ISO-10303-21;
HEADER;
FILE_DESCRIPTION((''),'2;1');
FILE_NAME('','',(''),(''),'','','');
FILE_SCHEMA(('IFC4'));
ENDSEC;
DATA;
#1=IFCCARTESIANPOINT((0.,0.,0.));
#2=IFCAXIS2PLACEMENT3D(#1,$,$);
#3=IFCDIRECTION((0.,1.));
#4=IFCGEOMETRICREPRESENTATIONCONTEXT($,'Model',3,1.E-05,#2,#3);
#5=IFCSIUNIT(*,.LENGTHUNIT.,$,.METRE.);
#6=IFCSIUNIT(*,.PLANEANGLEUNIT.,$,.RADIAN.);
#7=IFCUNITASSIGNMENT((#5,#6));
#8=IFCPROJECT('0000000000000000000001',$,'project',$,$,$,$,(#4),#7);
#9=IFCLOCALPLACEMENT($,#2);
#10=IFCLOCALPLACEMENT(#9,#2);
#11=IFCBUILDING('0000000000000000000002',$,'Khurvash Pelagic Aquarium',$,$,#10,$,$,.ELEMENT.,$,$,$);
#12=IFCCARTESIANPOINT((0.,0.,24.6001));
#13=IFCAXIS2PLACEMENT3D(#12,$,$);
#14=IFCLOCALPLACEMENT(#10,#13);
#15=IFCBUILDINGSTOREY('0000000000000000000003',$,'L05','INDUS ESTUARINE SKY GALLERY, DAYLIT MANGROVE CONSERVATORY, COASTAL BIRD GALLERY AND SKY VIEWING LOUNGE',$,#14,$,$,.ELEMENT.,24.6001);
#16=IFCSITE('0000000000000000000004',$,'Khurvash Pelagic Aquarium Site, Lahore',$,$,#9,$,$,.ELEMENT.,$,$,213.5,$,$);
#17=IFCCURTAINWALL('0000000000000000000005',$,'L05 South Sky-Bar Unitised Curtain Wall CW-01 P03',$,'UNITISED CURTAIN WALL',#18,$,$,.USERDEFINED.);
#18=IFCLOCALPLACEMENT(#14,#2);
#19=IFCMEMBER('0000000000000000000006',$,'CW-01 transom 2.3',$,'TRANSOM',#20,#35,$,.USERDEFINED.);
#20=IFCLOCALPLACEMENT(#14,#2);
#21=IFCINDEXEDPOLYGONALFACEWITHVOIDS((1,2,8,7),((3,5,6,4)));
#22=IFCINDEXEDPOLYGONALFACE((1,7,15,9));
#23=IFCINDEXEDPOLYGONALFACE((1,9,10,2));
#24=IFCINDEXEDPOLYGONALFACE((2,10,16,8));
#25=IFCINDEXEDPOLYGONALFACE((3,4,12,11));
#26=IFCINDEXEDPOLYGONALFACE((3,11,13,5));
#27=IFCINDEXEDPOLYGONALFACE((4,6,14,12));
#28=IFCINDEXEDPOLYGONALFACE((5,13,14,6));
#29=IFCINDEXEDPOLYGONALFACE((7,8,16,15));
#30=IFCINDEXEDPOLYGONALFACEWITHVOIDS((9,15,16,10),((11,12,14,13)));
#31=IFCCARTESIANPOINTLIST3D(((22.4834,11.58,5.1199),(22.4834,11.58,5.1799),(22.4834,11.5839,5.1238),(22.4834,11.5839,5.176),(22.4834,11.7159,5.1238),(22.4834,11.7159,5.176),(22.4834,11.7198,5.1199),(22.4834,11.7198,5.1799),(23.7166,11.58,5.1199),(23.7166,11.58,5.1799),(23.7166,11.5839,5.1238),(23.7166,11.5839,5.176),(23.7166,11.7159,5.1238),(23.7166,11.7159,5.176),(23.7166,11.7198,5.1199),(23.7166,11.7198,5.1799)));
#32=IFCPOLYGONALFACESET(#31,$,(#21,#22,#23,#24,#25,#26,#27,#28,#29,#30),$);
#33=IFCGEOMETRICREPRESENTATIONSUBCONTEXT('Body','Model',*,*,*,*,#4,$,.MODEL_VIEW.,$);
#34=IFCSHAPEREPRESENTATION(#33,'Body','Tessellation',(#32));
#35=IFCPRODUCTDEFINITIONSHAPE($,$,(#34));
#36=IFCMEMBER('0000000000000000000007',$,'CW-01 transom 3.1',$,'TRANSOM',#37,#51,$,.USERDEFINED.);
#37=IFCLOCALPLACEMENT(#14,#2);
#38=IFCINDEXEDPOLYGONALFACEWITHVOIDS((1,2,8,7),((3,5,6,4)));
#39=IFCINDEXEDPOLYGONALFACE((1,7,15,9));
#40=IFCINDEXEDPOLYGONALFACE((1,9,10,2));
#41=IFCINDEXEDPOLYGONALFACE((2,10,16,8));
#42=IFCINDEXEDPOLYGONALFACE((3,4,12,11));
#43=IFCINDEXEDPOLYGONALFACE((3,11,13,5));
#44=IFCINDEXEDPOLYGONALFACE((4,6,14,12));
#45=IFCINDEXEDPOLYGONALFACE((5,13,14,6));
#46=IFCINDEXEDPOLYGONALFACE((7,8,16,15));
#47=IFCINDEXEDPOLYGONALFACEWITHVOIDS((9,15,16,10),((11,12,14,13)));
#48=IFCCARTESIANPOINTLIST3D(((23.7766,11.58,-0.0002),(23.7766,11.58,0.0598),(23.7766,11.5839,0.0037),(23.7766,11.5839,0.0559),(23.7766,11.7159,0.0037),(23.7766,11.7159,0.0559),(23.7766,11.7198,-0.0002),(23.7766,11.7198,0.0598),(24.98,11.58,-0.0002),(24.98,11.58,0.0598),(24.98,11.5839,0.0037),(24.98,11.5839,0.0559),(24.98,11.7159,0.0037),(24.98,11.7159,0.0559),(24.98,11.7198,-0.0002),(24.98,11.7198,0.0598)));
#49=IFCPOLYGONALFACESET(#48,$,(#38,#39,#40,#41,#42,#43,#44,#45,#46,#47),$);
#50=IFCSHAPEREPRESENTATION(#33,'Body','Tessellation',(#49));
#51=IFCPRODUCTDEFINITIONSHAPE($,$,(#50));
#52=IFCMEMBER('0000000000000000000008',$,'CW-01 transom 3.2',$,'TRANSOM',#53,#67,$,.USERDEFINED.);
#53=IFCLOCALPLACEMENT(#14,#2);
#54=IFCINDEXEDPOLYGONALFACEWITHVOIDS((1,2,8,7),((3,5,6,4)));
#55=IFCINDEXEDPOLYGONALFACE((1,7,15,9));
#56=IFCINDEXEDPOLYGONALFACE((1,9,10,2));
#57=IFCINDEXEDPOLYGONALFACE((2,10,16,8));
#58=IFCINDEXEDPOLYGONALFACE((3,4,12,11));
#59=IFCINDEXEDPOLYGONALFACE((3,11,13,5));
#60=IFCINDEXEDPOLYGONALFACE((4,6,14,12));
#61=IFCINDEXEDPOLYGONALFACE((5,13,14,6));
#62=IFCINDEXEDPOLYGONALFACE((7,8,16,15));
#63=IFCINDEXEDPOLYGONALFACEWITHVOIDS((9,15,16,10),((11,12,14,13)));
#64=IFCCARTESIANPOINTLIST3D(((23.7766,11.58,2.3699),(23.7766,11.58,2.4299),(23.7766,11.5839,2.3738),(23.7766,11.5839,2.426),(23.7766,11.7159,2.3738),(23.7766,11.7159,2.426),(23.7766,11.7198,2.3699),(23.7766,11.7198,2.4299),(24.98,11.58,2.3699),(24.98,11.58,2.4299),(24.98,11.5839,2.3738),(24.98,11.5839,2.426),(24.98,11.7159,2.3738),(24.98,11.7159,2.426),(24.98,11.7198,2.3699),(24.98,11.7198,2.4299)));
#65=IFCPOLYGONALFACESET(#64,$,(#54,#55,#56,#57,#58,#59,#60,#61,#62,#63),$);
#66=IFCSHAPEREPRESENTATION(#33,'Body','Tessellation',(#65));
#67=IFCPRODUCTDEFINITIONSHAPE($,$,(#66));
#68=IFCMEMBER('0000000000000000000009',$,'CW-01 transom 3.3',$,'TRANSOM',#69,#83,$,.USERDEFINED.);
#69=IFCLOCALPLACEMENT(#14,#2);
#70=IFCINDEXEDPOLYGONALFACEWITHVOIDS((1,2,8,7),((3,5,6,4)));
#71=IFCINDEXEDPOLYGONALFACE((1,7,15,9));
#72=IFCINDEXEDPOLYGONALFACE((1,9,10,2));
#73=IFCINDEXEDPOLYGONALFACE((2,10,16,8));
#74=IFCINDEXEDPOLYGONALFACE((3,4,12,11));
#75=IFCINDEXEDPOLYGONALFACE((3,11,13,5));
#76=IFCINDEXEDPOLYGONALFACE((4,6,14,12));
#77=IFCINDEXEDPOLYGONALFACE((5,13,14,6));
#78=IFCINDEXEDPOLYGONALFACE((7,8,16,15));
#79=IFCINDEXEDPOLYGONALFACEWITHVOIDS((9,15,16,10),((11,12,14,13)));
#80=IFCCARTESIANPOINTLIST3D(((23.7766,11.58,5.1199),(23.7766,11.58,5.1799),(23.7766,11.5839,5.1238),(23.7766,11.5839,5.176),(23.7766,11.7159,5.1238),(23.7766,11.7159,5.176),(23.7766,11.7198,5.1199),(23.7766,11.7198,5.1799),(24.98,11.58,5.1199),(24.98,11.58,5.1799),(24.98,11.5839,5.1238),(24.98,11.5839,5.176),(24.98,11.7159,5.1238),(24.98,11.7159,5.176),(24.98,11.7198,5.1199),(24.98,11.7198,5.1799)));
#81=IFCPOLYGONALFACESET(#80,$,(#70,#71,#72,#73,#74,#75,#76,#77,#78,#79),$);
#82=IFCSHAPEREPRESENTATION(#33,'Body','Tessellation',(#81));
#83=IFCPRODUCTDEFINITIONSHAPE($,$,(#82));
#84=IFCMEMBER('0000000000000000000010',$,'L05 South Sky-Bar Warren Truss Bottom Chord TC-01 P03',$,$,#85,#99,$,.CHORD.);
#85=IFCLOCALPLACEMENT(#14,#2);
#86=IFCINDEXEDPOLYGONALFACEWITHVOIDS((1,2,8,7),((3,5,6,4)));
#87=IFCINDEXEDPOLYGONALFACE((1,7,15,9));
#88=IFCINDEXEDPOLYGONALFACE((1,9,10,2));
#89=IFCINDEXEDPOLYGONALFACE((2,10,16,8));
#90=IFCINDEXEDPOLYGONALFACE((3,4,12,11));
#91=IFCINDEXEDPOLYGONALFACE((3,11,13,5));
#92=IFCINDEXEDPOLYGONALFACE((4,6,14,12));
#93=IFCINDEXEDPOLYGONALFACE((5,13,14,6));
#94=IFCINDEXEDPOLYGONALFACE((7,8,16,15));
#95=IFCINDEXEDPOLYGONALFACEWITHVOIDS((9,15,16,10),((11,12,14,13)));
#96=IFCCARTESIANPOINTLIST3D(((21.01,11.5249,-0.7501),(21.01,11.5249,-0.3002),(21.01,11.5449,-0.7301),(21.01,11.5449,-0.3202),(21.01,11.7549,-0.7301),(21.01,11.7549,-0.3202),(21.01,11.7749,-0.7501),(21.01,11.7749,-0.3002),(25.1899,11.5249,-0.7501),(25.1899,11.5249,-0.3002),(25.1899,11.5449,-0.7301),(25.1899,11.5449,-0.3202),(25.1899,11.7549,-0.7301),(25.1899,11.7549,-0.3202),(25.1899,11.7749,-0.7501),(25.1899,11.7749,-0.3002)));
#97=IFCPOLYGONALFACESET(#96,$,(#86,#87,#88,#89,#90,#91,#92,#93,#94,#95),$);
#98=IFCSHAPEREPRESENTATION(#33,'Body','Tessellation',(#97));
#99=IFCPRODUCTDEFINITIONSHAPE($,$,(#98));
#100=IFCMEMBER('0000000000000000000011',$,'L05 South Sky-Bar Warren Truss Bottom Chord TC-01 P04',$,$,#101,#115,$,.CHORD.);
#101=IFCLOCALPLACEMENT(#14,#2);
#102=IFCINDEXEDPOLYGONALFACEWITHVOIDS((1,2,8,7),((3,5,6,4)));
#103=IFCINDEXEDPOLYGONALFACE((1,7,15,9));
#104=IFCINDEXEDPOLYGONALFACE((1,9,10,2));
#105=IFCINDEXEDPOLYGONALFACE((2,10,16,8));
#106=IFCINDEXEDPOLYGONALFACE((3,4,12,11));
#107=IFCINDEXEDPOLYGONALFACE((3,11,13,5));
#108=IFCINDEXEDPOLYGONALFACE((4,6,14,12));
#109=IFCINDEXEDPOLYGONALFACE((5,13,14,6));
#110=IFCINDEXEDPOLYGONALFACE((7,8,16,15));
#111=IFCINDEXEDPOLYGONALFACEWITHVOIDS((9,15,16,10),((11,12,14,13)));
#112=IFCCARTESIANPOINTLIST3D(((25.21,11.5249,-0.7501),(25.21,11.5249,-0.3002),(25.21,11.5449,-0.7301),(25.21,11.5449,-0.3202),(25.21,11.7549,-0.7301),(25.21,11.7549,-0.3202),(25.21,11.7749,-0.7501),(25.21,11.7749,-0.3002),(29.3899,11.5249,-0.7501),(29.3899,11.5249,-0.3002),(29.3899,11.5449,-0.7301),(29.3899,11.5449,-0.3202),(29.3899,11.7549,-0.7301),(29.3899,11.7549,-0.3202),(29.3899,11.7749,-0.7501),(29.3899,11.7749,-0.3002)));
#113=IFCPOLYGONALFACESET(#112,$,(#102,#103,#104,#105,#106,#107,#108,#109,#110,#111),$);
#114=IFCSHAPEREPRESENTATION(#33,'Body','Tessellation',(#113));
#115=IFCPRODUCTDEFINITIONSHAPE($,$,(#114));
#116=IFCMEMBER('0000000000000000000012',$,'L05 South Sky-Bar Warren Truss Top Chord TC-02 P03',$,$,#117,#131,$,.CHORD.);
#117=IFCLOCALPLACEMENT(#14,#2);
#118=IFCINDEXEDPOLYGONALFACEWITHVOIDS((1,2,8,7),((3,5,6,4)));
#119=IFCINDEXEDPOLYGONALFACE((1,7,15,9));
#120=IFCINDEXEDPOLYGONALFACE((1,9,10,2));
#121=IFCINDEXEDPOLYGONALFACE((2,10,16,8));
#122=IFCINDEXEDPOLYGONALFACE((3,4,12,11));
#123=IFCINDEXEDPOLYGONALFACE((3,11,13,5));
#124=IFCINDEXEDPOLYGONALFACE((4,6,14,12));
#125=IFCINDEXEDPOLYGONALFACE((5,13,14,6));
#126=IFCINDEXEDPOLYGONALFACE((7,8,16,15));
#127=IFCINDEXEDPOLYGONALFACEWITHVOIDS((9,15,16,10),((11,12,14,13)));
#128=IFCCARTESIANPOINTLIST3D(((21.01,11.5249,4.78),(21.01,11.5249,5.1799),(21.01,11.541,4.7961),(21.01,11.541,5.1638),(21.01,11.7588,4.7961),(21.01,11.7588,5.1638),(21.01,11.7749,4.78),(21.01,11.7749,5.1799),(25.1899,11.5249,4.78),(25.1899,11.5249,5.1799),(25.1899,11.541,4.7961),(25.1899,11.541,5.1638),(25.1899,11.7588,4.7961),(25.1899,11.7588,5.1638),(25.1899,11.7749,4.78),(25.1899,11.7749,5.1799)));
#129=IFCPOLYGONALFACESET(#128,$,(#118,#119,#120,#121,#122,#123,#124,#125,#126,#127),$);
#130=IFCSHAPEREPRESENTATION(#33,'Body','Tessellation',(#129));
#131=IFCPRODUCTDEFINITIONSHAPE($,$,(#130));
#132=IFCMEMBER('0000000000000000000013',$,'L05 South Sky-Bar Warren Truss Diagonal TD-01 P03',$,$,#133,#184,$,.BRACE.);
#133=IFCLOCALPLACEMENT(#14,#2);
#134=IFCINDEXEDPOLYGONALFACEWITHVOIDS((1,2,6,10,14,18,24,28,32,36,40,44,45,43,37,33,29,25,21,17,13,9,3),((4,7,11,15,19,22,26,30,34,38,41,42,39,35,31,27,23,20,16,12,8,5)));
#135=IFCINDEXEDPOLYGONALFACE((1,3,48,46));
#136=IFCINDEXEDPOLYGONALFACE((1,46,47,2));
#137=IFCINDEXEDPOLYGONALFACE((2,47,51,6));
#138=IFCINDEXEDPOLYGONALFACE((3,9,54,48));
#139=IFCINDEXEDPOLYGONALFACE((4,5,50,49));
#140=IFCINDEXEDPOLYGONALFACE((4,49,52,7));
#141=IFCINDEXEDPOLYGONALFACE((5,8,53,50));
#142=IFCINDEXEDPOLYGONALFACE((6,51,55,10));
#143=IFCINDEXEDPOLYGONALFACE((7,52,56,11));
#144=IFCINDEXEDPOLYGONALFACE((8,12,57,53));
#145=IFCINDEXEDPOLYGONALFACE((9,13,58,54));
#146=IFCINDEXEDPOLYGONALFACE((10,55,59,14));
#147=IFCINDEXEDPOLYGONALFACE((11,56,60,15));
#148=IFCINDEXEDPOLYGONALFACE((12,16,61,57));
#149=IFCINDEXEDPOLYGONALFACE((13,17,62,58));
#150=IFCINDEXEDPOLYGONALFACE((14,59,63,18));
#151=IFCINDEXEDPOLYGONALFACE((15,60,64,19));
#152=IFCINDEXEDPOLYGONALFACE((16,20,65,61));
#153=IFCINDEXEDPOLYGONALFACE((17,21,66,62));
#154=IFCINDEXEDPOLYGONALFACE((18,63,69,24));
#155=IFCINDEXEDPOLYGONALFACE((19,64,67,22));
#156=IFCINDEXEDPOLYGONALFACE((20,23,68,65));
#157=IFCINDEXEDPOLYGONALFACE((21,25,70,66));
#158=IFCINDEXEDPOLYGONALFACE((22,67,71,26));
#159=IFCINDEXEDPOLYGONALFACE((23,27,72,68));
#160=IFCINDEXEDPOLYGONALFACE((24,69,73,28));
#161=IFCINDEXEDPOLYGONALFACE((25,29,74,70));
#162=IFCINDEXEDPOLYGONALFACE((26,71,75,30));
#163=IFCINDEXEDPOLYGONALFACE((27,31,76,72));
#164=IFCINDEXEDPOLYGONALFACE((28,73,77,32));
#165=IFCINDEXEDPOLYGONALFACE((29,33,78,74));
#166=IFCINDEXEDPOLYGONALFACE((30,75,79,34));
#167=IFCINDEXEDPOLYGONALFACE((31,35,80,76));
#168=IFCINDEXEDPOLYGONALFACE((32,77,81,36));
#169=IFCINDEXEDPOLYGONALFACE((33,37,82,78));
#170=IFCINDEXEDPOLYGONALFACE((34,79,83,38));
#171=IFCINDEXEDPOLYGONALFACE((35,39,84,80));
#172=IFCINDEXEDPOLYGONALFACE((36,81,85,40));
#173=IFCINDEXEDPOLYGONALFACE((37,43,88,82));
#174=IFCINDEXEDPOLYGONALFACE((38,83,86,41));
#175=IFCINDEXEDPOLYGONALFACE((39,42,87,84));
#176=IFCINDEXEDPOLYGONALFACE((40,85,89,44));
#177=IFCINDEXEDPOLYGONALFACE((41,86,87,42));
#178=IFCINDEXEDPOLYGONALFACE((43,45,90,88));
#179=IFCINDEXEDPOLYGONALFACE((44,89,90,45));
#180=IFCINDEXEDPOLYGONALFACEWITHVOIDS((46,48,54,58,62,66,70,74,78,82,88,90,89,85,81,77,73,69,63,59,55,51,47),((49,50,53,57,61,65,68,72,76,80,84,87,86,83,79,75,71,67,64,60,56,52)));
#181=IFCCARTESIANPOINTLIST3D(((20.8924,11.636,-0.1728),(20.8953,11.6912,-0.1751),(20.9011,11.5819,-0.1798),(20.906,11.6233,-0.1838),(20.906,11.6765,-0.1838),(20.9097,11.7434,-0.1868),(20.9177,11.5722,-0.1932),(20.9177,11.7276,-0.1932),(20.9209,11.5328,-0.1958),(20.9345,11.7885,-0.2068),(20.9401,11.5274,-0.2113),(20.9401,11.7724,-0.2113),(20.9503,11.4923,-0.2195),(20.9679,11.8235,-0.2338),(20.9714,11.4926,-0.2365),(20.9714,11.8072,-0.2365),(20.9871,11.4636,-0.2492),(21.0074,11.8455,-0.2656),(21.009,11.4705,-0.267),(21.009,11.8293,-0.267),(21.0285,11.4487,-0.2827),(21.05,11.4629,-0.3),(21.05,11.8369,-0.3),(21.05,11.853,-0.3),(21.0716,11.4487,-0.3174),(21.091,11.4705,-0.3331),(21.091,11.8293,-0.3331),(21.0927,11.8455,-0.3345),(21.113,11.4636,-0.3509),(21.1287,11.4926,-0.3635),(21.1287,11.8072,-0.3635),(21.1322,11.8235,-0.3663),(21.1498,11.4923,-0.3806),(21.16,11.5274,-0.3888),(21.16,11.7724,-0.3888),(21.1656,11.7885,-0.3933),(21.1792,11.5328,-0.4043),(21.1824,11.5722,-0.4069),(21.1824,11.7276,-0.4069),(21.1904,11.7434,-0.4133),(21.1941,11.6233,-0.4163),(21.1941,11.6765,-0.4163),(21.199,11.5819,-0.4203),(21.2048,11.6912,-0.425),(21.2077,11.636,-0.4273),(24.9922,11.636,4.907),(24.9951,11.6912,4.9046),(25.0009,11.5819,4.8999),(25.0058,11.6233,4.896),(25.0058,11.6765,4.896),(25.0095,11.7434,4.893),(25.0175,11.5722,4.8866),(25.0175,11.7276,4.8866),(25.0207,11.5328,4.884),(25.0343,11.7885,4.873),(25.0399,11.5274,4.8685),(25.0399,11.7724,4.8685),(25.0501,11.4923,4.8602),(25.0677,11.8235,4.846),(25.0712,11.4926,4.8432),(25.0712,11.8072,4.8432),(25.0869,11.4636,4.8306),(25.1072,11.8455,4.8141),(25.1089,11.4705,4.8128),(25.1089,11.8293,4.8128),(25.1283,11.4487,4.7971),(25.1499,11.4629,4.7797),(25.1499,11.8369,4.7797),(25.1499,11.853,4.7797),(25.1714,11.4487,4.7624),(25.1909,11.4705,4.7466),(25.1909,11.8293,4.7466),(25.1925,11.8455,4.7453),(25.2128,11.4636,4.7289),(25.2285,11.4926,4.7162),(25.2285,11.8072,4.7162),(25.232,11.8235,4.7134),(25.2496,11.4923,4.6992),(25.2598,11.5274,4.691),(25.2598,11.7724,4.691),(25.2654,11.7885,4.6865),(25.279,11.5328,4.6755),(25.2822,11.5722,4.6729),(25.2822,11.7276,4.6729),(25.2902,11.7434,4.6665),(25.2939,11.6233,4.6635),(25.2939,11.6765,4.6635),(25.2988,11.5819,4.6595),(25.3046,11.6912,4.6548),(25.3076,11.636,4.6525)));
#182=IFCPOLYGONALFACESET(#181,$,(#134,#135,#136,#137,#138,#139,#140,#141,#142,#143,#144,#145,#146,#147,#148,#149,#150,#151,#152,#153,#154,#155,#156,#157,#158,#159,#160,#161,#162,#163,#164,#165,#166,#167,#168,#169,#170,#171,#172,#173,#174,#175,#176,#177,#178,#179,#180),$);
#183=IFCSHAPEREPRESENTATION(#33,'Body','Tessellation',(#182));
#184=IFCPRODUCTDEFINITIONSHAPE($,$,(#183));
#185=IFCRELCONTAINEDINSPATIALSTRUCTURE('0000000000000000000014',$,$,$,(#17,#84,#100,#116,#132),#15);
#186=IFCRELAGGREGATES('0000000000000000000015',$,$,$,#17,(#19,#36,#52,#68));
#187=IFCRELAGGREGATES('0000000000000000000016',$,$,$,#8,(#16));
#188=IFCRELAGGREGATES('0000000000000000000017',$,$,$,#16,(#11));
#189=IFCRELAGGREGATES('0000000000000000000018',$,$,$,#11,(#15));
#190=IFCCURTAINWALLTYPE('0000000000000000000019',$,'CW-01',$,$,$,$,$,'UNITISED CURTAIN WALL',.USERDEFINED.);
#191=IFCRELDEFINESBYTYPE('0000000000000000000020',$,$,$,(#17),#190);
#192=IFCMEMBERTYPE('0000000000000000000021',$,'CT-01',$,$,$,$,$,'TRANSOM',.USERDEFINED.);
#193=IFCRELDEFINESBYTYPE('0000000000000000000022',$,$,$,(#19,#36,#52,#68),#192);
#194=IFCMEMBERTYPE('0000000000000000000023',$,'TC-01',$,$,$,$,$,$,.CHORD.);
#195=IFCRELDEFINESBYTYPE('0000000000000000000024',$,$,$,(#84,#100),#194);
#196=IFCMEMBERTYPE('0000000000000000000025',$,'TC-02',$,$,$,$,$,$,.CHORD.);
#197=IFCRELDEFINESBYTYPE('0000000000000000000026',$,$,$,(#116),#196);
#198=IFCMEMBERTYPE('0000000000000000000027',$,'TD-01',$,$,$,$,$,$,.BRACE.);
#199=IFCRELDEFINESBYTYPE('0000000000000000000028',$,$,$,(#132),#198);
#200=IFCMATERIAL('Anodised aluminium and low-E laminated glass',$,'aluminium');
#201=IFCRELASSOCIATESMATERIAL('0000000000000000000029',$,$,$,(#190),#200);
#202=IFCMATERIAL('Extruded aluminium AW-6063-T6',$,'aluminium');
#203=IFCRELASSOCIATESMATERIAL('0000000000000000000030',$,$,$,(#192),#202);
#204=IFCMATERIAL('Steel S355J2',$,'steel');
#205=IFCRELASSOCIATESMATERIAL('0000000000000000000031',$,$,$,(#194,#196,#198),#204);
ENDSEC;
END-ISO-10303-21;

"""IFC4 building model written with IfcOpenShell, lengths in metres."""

from ifc_helpers import new_model, si_unit, direction, frame, origin, origin_2d, place, context, subcontext, project, spatial, hollow_rectangle, hollow_circle, extrude, material, material_profile, profile_set, type_object, element, aggregate, save


model = new_model("IFC4")

# Units and contexts
model_context = context("Model", 3, precision=1e-05, world=origin(), true_north=direction((0.0, 1.0)))
body_context = subcontext(model_context, "Body", "Model", "MODEL_VIEW")
ifc_project = project(units=[si_unit("LENGTHUNIT", "METRE"), si_unit("PLANEANGLEUNIT", "RADIAN")], contexts=[model_context])

# Site, building, storey
site_placement = place(None, origin())
site = spatial("IfcSite", under=ifc_project, at=site_placement, Name="Khurvash Pelagic Aquarium Site, Lahore", CompositionType="ELEMENT", RefElevation=213.5)
building_placement = place(site_placement, origin())
building = spatial("IfcBuilding", under=site, at=building_placement, Name="Khurvash Pelagic Aquarium", CompositionType="ELEMENT")
storey_placement = place(building_placement, frame((0.0, 0.0, 24.6001)))
storey = spatial("IfcBuildingStorey", under=building, at=storey_placement, Name="L05", Description="INDUS ESTUARINE SKY GALLERY, DAYLIT MANGROVE CONSERVATORY, COASTAL BIRD GALLERY AND SKY VIEWING LOUNGE", CompositionType="ELEMENT", Elevation=24.6001)

# Curtain wall, members
ifc_material_1 = material(Name="Anodised aluminium and low-E laminated glass", Category="aluminium")
curtain_wall_type = type_object("IfcCurtainWallType", Name="CW-01", ElementType="UNITISED CURTAIN WALL", PredefinedType="USERDEFINED", material=ifc_material_1)
curtain_wall_placement = place(storey_placement, origin())
curtain_wall = element("IfcCurtainWall", 1, at=curtain_wall_placement, inside=storey, type_object=curtain_wall_type, Name="L05 South Sky-Bar Unitised Curtain Wall CW-01 P03", ObjectType="UNITISED CURTAIN WALL", PredefinedType="USERDEFINED")
ifc_material_2 = material(Name="Extruded aluminium AW-6063-T6", Category="aluminium")
ifc_material_profile_1 = material_profile(ifc_material_2, hollow_rectangle(XDim=0.1399, YDim=0.0601, WallThickness=0.0039, at=origin_2d()), Name="CWT140X60X4")
ifc_profile_set_1 = profile_set([ifc_material_profile_1], Name="Extruded aluminium AW-6063-T6")
member_type_1 = type_object("IfcMemberType", Name="CT-01", ElementType="TRANSOM", PredefinedType="USERDEFINED", material=ifc_profile_set_1)
member_1_placement = place(storey_placement, frame((22.4834, 11.6499, 5.1499), z_axis=(1.0, 0.0, 0.0), x_axis=(0.0, 1.0, 0.0)))
member_1 = element("IfcMember", 2, at=member_1_placement, type_object=member_type_1, Name="CW-01 transom 2.3", ObjectType="TRANSOM", PredefinedType="USERDEFINED", context=body_context, shape_type="SweptSolid", body=[
    extrude(hollow_rectangle(XDim=0.1399, YDim=0.0601, WallThickness=0.0039, at=origin_2d()), origin(), (0.0, 0.0, 1.0), 1.2332),
])
member_2_placement = place(storey_placement, frame((23.7766, 11.6499, 0.0298), z_axis=(1.0, 0.0, 0.0), x_axis=(0.0, 1.0, 0.0)))
member_2 = element("IfcMember", 3, at=member_2_placement, type_object=member_type_1, Name="CW-01 transom 3.1", ObjectType="TRANSOM", PredefinedType="USERDEFINED", context=body_context, shape_type="SweptSolid", body=[
    extrude(hollow_rectangle(XDim=0.1399, YDim=0.0601, WallThickness=0.0039, at=origin_2d()), origin(), (0.0, 0.0, 1.0), 1.2034),
])
member_3_placement = place(storey_placement, frame((23.7766, 11.6499, 2.3999), z_axis=(1.0, 0.0, 0.0), x_axis=(0.0, 1.0, 0.0)))
member_3 = element("IfcMember", 4, at=member_3_placement, type_object=member_type_1, Name="CW-01 transom 3.2", ObjectType="TRANSOM", PredefinedType="USERDEFINED", context=body_context, shape_type="SweptSolid", body=[
    extrude(hollow_rectangle(XDim=0.1399, YDim=0.0601, WallThickness=0.0039, at=origin_2d()), origin(), (0.0, 0.0, 1.0), 1.2034),
])
member_4_placement = place(storey_placement, frame((23.7766, 11.6499, 5.1499), z_axis=(1.0, 0.0, 0.0), x_axis=(0.0, 1.0, 0.0)))
member_4 = element("IfcMember", 5, at=member_4_placement, type_object=member_type_1, Name="CW-01 transom 3.3", ObjectType="TRANSOM", PredefinedType="USERDEFINED", context=body_context, shape_type="SweptSolid", body=[
    extrude(hollow_rectangle(XDim=0.1399, YDim=0.0601, WallThickness=0.0039, at=origin_2d()), origin(), (0.0, 0.0, 1.0), 1.2034),
])

# Members
ifc_material_3 = material(Name="Steel S355J2", Category="steel")
ifc_material_profile_2 = material_profile(ifc_material_3, hollow_rectangle(XDim=0.25, YDim=0.45, WallThickness=0.02, at=origin_2d()), Name="RHS450X250X20")
ifc_profile_set_2 = profile_set([ifc_material_profile_2], Name="Steel S355J2")
member_type_2 = type_object("IfcMemberType", Name="TC-01", PredefinedType="CHORD", material=ifc_profile_set_2)
for number, where, z_axis, x_axis, name in (
    (6, (21.01, 11.6499, -0.5251), (1.0, 0.0, 0.0), (0.0, 1.0, 0.0), "L05 South Sky-Bar Warren Truss Bottom Chord TC-01 P03"),
    (7, (25.21, 11.6499, -0.5251), (1.0, 0.0, 0.0), (0.0, 1.0, 0.0), "L05 South Sky-Bar Warren Truss Bottom Chord TC-01 P04"),
):
    element("IfcMember", number, at=place(storey_placement, frame(where, z_axis=z_axis, x_axis=x_axis)), inside=storey, type_object=member_type_2, Name=name, PredefinedType="CHORD", context=body_context, shape_type="SweptSolid", body=[
        extrude(hollow_rectangle(XDim=0.25, YDim=0.45, WallThickness=0.02, at=origin_2d()), origin(), (0.0, 0.0, 1.0), 4.1799),
    ])
ifc_material_profile_3 = material_profile(ifc_material_3, hollow_rectangle(XDim=0.25, YDim=0.3999, WallThickness=0.0161, at=origin_2d()), Name="RHS400X250X16")
ifc_profile_set_3 = profile_set([ifc_material_profile_3], Name="Steel S355J2")
member_type_3 = type_object("IfcMemberType", Name="TC-02", PredefinedType="CHORD", material=ifc_profile_set_3)
member_5_placement = place(storey_placement, frame((21.01, 11.6499, 4.98), z_axis=(1.0, 0.0, 0.0), x_axis=(0.0, 1.0, 0.0)))
element("IfcMember", 8, at=member_5_placement, inside=storey, type_object=member_type_3, Name="L05 South Sky-Bar Warren Truss Top Chord TC-02 P03", PredefinedType="CHORD", context=body_context, shape_type="SweptSolid", body=[
    extrude(hollow_rectangle(XDim=0.25, YDim=0.3999, WallThickness=0.0161, at=origin_2d()), origin(), (0.0, 0.0, 1.0), 4.1799),
])
ifc_material_profile_4 = material_profile(ifc_material_3, hollow_circle(Radius=0.2031, WallThickness=0.0161, at=origin_2d()), Name="CHS406X16")
ifc_profile_set_4 = profile_set([ifc_material_profile_4], Name="Steel S355J2")
member_type_4 = type_object("IfcMemberType", Name="TD-01", PredefinedType="BRACE", material=ifc_profile_set_4)
member_6_placement = place(storey_placement, frame((21.05, 11.6499, -0.3), z_axis=(0.628051, 0.0, 0.778172), x_axis=(0.0, 1.0, 0.0)))
element("IfcMember", 9, at=member_6_placement, inside=storey, type_object=member_type_4, Name="L05 South Sky-Bar Warren Truss Diagonal TD-01 P03", PredefinedType="BRACE", context=body_context, shape_type="SweptSolid", body=[
    extrude(hollow_circle(Radius=0.2031, WallThickness=0.0161, at=origin_2d()), origin(), (0.0, 0.0, 1.0), 6.5278),
])

aggregate(curtain_wall, [member_1, member_2, member_3, member_4])

save(model, "model.ifc")
